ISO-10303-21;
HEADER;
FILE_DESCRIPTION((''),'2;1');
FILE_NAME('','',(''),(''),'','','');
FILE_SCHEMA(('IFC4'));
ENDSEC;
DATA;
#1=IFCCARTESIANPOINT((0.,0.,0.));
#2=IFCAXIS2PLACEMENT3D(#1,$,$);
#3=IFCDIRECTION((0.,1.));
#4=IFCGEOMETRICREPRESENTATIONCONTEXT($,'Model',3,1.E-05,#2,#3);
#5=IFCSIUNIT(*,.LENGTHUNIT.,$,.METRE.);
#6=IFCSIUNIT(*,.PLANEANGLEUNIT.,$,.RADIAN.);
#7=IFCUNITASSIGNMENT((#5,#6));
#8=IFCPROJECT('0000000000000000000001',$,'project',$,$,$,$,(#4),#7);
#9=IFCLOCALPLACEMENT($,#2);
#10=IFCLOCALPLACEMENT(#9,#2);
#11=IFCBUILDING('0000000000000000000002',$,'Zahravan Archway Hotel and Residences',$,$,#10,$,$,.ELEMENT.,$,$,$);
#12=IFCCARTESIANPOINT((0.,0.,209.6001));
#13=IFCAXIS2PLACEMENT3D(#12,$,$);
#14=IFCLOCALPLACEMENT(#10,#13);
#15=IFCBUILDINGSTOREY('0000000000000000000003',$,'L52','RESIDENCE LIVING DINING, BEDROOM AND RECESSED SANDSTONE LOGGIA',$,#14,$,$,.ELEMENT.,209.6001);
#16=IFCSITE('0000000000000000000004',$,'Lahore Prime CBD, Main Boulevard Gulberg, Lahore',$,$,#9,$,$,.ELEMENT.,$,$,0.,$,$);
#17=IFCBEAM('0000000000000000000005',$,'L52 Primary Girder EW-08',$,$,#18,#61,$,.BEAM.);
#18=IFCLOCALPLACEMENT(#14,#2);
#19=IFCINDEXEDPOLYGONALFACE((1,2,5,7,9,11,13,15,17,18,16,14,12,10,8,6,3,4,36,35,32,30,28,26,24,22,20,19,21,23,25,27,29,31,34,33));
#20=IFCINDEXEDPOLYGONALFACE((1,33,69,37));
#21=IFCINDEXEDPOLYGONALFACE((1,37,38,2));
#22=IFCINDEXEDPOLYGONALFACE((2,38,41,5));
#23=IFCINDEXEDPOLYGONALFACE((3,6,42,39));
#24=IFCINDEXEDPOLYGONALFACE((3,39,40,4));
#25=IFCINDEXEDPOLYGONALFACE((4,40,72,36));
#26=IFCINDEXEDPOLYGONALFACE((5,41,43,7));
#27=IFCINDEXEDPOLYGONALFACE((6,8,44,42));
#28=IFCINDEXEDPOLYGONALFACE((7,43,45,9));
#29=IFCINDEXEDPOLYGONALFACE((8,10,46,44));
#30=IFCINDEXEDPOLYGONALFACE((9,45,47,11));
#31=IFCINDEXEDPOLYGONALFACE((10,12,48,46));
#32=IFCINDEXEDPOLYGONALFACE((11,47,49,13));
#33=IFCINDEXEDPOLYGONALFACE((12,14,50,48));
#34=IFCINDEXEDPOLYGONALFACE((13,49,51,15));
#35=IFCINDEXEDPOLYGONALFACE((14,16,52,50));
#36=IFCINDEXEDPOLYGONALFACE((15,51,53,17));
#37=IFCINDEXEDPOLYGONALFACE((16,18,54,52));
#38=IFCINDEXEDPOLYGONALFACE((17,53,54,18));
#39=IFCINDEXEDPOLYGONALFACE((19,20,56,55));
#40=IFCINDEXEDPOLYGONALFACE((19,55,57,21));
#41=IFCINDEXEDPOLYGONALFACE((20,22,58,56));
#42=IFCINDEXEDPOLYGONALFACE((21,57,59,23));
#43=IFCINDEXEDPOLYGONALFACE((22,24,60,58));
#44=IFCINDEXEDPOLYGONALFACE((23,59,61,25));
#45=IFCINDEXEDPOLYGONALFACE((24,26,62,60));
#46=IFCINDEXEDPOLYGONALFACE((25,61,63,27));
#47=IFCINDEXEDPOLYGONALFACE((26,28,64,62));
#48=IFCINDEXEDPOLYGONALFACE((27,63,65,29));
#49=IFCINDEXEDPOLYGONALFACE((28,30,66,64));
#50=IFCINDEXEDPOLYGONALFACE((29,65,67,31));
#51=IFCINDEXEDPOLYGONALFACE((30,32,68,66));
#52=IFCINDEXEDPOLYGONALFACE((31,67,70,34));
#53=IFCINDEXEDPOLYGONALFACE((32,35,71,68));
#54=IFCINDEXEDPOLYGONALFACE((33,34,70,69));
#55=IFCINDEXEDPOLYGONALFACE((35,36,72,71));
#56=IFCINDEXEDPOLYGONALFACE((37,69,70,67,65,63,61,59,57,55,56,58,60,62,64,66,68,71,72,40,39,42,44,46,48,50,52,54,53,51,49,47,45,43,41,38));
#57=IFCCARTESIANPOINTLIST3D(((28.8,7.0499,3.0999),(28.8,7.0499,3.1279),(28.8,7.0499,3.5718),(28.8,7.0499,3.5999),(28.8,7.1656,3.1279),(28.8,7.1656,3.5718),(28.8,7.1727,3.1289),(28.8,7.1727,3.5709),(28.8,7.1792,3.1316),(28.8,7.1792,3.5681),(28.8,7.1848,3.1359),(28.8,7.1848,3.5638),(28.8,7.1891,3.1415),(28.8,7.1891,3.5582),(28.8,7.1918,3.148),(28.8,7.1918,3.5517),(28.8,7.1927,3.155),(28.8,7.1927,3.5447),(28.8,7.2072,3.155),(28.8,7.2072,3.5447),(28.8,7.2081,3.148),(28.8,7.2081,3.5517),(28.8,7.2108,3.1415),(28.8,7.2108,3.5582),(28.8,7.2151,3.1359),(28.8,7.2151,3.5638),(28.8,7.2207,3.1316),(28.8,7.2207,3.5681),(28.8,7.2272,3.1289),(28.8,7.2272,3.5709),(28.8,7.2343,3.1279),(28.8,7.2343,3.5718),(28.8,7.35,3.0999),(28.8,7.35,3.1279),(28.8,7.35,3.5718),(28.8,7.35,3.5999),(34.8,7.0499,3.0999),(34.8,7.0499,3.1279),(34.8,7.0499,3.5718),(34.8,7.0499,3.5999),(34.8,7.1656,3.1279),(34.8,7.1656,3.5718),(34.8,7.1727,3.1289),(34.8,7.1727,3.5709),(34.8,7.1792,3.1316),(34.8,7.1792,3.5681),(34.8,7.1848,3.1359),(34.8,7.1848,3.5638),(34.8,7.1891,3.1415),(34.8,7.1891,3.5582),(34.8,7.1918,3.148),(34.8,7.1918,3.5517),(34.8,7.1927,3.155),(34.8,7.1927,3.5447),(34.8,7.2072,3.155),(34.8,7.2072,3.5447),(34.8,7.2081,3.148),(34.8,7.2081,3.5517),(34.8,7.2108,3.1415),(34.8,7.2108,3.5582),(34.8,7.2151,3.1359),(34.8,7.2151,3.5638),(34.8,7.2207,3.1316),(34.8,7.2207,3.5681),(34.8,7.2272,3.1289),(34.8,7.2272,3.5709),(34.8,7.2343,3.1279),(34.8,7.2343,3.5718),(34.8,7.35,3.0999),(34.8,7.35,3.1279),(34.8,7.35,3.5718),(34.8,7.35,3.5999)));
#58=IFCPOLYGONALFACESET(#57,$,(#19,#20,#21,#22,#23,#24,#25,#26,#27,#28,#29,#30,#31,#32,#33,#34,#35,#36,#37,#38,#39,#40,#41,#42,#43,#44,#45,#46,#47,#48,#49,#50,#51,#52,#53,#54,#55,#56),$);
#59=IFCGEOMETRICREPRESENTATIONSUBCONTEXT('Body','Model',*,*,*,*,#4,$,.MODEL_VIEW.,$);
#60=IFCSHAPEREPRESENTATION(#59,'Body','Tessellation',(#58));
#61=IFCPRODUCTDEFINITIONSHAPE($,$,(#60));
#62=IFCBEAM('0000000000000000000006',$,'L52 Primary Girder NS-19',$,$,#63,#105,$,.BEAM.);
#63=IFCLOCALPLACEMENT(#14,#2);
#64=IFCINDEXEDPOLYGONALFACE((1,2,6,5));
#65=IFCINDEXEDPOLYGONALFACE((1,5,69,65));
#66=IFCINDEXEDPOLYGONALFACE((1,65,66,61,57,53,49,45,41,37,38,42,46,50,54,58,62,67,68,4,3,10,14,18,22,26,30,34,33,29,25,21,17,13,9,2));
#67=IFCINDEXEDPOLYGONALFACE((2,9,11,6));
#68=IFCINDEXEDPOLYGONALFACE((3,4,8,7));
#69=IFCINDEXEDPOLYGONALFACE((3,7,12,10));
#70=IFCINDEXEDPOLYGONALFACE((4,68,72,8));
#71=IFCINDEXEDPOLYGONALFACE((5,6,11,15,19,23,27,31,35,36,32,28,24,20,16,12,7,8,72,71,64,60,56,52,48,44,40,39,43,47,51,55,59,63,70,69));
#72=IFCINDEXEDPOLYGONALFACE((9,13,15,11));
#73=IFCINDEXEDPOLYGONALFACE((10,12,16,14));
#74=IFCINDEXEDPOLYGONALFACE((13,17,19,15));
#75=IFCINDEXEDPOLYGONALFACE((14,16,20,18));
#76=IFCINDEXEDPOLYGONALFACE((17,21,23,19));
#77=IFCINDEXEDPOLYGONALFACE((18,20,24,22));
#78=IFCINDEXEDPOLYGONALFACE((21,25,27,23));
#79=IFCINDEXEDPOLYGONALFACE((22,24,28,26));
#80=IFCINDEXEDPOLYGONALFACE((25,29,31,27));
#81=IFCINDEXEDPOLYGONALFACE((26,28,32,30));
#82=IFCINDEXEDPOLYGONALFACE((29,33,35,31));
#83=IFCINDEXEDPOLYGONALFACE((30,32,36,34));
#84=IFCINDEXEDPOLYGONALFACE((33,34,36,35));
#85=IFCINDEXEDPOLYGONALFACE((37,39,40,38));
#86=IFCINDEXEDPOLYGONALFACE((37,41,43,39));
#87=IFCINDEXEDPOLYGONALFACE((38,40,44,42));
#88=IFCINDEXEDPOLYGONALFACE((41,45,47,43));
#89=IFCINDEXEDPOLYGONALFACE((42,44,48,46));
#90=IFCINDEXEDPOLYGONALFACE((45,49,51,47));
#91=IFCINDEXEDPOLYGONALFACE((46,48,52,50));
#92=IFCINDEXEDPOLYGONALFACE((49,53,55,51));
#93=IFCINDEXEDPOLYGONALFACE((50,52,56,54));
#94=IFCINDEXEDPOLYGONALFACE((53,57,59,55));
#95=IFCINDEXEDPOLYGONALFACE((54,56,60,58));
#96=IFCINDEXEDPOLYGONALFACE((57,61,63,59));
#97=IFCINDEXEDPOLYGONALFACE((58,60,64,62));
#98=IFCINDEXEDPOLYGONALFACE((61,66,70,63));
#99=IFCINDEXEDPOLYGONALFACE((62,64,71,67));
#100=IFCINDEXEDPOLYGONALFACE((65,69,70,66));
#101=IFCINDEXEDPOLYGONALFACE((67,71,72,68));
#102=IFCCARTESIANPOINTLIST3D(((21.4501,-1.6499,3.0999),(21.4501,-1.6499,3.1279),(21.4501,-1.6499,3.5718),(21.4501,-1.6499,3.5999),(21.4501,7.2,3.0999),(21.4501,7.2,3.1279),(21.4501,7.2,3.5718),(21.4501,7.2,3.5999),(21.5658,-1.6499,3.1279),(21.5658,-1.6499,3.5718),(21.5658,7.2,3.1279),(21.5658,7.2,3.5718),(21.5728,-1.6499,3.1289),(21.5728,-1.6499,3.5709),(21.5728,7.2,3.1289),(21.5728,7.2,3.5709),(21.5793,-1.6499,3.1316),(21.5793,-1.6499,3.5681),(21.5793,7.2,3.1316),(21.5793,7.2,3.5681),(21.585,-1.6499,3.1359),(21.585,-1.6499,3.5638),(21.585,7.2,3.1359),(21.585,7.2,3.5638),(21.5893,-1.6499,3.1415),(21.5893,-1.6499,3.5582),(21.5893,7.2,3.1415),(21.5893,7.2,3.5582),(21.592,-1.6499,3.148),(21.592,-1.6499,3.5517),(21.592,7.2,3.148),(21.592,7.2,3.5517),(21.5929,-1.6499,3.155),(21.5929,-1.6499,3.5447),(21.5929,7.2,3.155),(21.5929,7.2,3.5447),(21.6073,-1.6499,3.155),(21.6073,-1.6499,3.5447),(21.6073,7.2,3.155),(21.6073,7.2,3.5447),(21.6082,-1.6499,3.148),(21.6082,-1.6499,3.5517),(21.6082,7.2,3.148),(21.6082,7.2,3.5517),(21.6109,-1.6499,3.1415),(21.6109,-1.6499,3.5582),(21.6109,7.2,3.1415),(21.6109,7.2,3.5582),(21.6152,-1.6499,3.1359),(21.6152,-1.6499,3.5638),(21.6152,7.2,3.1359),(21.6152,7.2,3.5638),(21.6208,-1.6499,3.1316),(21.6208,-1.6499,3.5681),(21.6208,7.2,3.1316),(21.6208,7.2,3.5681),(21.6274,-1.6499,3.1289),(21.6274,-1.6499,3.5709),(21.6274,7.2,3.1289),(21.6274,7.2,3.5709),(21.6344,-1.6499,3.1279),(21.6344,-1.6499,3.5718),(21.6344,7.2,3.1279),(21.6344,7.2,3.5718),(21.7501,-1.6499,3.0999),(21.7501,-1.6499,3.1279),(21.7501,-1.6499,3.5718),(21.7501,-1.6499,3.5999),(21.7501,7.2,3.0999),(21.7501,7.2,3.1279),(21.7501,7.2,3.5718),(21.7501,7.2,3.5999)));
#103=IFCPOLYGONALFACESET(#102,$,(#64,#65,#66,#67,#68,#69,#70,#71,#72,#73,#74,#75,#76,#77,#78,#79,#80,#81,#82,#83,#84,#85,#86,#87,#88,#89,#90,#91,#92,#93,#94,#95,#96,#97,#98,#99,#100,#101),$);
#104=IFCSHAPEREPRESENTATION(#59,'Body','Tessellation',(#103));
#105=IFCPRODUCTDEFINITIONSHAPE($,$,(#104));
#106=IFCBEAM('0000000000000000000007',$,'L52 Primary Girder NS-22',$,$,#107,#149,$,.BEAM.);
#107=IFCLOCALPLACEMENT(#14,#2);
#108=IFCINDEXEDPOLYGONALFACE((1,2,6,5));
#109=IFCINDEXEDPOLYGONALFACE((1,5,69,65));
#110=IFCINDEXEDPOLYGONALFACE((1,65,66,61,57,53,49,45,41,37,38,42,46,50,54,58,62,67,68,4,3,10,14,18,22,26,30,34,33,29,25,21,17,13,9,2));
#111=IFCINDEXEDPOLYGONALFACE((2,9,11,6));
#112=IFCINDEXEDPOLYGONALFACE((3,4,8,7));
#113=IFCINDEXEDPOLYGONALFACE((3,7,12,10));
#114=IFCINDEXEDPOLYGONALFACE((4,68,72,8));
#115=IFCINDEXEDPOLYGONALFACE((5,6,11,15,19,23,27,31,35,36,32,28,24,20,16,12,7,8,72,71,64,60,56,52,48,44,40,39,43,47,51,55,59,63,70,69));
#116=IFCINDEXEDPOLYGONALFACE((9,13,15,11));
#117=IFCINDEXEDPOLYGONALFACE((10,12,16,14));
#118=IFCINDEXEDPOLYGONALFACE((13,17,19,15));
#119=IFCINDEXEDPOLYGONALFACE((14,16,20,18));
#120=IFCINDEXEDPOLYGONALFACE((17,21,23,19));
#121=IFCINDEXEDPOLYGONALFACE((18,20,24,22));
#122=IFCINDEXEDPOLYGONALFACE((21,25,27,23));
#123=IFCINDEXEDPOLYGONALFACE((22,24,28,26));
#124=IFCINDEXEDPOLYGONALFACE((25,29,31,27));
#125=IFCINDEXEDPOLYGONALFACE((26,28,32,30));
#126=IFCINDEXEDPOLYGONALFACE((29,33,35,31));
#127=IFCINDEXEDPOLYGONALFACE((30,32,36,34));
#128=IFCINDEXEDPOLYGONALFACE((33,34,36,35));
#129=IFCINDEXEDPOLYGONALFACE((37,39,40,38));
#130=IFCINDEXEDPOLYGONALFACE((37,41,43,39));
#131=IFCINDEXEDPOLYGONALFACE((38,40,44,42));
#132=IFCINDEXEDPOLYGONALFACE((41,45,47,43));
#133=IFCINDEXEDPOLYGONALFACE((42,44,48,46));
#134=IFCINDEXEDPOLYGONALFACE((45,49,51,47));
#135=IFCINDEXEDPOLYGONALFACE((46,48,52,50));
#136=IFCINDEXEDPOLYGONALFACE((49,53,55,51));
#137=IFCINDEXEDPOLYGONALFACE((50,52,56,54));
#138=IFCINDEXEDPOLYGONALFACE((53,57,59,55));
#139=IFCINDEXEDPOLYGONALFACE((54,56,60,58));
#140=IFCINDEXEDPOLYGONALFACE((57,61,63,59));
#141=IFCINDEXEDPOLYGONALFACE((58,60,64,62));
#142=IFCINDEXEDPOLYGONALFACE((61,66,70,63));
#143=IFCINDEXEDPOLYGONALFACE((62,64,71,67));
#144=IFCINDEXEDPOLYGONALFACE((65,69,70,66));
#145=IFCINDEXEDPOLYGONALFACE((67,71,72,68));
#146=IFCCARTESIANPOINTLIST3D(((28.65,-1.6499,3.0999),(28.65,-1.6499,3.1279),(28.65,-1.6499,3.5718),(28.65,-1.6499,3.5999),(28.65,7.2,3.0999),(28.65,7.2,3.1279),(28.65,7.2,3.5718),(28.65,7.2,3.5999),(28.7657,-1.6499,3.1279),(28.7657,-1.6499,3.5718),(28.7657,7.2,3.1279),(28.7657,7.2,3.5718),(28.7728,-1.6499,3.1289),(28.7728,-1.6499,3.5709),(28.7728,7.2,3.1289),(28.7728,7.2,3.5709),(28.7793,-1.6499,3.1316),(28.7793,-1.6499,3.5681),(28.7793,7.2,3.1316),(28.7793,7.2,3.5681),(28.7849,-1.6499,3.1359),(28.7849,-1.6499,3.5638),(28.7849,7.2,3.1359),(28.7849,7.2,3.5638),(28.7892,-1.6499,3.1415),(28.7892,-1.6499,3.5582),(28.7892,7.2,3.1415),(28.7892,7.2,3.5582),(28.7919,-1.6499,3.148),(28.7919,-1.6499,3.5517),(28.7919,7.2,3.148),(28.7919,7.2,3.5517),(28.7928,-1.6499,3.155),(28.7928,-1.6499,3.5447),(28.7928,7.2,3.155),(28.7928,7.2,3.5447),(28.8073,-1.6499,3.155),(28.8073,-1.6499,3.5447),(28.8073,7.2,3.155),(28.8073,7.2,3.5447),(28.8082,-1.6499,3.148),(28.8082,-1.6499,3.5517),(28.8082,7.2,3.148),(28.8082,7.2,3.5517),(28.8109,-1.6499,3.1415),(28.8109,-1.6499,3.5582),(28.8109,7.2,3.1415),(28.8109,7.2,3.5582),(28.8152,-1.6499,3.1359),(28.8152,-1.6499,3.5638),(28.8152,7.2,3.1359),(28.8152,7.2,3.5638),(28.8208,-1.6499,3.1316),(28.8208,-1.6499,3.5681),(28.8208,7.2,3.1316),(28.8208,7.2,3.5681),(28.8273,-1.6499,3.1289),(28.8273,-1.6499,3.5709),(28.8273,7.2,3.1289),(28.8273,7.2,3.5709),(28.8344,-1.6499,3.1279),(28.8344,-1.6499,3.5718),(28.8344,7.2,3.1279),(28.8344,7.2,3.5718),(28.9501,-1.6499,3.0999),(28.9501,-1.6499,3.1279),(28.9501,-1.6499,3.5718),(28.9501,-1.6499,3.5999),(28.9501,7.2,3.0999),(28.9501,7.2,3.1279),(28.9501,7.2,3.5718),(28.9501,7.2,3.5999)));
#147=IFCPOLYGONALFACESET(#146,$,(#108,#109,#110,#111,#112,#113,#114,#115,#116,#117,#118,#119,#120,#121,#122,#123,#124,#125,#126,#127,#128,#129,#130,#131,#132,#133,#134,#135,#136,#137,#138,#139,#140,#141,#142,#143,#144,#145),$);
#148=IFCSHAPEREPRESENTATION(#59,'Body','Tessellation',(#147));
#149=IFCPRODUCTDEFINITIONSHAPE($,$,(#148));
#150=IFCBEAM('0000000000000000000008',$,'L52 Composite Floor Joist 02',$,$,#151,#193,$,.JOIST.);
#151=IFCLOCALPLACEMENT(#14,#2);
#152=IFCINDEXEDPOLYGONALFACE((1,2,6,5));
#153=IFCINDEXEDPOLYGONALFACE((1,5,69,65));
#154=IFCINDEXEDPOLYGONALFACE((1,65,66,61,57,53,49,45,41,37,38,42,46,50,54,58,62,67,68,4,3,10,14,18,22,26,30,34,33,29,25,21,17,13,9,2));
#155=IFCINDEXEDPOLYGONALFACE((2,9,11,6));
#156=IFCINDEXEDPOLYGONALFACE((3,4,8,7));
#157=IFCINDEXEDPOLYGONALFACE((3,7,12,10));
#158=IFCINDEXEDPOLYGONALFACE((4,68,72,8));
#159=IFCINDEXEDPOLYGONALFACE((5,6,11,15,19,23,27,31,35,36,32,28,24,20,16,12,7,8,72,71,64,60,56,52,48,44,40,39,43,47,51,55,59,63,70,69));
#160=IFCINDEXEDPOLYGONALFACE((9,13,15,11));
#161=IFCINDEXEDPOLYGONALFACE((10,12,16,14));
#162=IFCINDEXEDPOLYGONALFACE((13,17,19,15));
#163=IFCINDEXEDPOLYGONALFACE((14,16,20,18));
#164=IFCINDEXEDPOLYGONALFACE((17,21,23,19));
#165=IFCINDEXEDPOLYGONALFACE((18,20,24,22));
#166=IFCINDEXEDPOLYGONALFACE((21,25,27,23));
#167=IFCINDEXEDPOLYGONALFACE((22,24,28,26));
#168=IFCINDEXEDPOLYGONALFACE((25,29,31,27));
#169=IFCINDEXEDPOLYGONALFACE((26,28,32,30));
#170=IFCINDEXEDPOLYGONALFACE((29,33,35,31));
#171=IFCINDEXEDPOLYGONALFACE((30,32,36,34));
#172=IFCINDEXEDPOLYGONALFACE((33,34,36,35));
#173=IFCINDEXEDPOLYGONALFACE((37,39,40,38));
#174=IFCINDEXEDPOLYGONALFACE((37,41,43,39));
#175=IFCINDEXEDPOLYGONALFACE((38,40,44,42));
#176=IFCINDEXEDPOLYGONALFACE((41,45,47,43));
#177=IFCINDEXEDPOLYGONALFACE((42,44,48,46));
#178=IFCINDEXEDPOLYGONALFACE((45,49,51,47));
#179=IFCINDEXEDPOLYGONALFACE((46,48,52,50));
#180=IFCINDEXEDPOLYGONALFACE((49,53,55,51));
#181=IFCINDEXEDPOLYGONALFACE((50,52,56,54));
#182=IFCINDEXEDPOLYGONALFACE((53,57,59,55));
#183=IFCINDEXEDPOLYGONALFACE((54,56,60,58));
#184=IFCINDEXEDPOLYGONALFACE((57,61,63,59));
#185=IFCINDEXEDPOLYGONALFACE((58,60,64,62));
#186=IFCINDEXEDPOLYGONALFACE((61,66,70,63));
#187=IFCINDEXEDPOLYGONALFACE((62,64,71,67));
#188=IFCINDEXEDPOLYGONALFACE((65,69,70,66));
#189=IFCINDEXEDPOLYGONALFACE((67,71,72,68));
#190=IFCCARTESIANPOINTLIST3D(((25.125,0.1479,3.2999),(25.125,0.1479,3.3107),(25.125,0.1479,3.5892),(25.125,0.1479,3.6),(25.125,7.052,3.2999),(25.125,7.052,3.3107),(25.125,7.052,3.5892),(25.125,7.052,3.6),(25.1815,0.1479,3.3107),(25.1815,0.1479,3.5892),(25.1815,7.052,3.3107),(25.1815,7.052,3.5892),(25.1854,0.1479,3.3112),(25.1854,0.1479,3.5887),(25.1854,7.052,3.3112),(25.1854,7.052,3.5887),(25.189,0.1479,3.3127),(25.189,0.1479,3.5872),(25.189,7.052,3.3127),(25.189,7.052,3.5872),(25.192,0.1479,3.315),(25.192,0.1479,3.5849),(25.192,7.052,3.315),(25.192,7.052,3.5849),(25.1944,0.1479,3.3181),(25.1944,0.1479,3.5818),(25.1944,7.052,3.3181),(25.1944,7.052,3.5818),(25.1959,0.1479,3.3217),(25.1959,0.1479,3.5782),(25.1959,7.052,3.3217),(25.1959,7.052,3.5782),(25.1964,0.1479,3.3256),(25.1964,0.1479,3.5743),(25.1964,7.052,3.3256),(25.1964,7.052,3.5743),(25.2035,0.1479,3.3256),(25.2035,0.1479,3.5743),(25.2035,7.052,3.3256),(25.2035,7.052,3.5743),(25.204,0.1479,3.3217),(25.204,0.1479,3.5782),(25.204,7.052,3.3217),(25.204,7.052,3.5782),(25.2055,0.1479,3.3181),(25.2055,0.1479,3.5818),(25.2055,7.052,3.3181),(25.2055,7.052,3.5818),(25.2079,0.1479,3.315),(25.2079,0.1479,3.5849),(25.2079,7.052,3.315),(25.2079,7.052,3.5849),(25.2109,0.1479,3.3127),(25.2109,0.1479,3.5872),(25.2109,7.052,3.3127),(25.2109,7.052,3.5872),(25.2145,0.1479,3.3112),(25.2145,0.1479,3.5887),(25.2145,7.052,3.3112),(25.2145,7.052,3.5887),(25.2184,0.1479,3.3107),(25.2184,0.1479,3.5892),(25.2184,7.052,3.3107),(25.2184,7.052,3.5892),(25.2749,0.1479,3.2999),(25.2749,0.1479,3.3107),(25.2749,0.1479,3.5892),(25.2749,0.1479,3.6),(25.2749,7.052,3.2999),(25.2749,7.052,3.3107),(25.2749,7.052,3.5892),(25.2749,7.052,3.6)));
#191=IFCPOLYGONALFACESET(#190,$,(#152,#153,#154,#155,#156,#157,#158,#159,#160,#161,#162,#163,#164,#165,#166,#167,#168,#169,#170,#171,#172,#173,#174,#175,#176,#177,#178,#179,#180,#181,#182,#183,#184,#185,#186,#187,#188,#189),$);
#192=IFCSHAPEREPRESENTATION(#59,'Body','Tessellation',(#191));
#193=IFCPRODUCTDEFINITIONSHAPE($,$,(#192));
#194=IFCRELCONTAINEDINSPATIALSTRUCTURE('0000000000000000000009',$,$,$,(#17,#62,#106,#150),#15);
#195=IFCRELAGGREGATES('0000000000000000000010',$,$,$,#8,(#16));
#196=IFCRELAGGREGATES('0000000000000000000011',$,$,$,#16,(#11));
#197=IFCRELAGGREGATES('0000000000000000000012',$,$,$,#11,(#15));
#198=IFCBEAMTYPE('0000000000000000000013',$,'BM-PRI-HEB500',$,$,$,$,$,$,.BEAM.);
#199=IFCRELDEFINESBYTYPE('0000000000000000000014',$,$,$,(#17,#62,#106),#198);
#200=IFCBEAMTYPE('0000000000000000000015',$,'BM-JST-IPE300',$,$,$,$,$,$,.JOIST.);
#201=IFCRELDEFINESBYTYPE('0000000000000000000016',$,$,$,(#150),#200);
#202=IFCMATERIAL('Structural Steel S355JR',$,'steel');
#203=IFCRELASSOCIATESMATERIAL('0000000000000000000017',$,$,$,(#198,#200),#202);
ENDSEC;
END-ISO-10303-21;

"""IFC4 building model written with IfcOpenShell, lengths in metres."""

from ifc_helpers import new_model, si_unit, direction, frame, origin, origin_2d, place, context, subcontext, project, spatial, i_section, extrude, source, transform, mapped, material, material_profile, profile_set, type_object, type_shapes, element, save


model = new_model("IFC4")

# Units and contexts
model_context = context("Model", 3, precision=1e-05, world=origin(), true_north=direction((0.0, 1.0)))
body_context = subcontext(model_context, "Body", "Model", "MODEL_VIEW")
ifc_project = project(units=[si_unit("LENGTHUNIT", "METRE"), si_unit("PLANEANGLEUNIT", "RADIAN")], contexts=[model_context])

# Site, building, storey
site_placement = place(None, origin())
site = spatial("IfcSite", under=ifc_project, at=site_placement, Name="Lahore Prime CBD, Main Boulevard Gulberg, Lahore", CompositionType="ELEMENT", RefElevation=0.0)
building_placement = place(site_placement, origin())
building = spatial("IfcBuilding", under=site, at=building_placement, Name="Zahravan Archway Hotel and Residences", CompositionType="ELEMENT")
storey_placement = place(building_placement, frame((0.0, 0.0, 209.6001)))
storey = spatial("IfcBuildingStorey", under=building, at=storey_placement, Name="L52", Description="RESIDENCE LIVING DINING, BEDROOM AND RECESSED SANDSTONE LOGGIA", CompositionType="ELEMENT", Elevation=209.6001)

# Beams
ifc_material_1 = material(Name="Structural Steel S355JR", Category="steel")
ifc_material_profile_1 = material_profile(ifc_material_1, i_section(OverallWidth=0.3, OverallDepth=0.5, WebThickness=0.0144, FlangeThickness=0.0281, FilletRadius=0.0271, at=origin_2d()), Name="HEB 500", Category="steel")
ifc_profile_set_1 = profile_set([ifc_material_profile_1], Name="Structural Steel S355JR")
beam_type_1 = type_object("IfcBeamType", Name="BM-PRI-HEB500", PredefinedType="BEAM", material=ifc_profile_set_1)
shared_shape_1 = source(origin(), body_context, "Body", "SweptSolid", [
    extrude(i_section(OverallWidth=0.3, OverallDepth=0.5, WebThickness=0.0144, FlangeThickness=0.0281, FilletRadius=0.0271, at=origin_2d()), origin(), (0.0, 0.0, 1.0), 6.0),
])
for number, where, z_axis, x_axis, name in (
    (1, (28.8, 7.2, 3.3499), (1.0, 0.0, 0.0), (0.0, 1.0, 0.0), "L52 Primary Girder EW-08"),
):
    element("IfcBeam", number, at=place(storey_placement, frame(where, z_axis=z_axis, x_axis=x_axis)), inside=storey, type_object=beam_type_1, Name=name, PredefinedType="BEAM", context=body_context, shape_type="MappedRepresentation", body=[
        mapped(shared_shape_1, transform((0.0, 0.0, 0.0), scale=1.0)),
    ])
shared_shape_2 = source(origin(), body_context, "Body", "SweptSolid", [
    extrude(i_section(OverallWidth=0.3, OverallDepth=0.5, WebThickness=0.0144, FlangeThickness=0.0281, FilletRadius=0.0271, at=origin_2d()), origin(), (0.0, 0.0, 1.0), 8.8499),
])
for number, where, z_axis, x_axis, name in (
    (2, (21.6001, -1.6499, 3.3499), (0.0, 1.0, 0.0), (-1.0, 0.0, 0.0), "L52 Primary Girder NS-19"),
    (3, (28.8, -1.6499, 3.3499), (0.0, 1.0, 0.0), (-1.0, 0.0, 0.0), "L52 Primary Girder NS-22"),
):
    element("IfcBeam", number, at=place(storey_placement, frame(where, z_axis=z_axis, x_axis=x_axis)), inside=storey, type_object=beam_type_1, Name=name, PredefinedType="BEAM", context=body_context, shape_type="MappedRepresentation", body=[
        mapped(shared_shape_2, transform((0.0, 0.0, 0.0), scale=1.0)),
    ])
ifc_material_profile_2 = material_profile(ifc_material_1, i_section(OverallWidth=0.1499, OverallDepth=0.3, WebThickness=0.0071, FlangeThickness=0.0107, FilletRadius=0.0149, at=origin_2d()), Name="IPE 300", Category="steel")
ifc_profile_set_2 = profile_set([ifc_material_profile_2], Name="Structural Steel S355JR")
beam_type_2 = type_object("IfcBeamType", Name="BM-JST-IPE300", PredefinedType="JOIST", material=ifc_profile_set_2)
shared_shape_3 = source(origin(), body_context, "Body", "SweptSolid", [
    extrude(i_section(OverallWidth=0.1499, OverallDepth=0.3, WebThickness=0.0071, FlangeThickness=0.0107, FilletRadius=0.0149, at=origin_2d()), origin(), (0.0, 0.0, 1.0), 6.9041),
])
type_shapes(beam_type_2, [shared_shape_3])
for number, where, z_axis, x_axis, name in (
    (4, (25.2, 0.1479, 3.45), (0.0, 1.0, 0.0), (-1.0, 0.0, 0.0), "L52 Composite Floor Joist 02"),
):
    element("IfcBeam", number, at=place(storey_placement, frame(where, z_axis=z_axis, x_axis=x_axis)), inside=storey, type_object=beam_type_2, Name=name, PredefinedType="JOIST", context=body_context, shape_type="MappedRepresentation", body=[
        mapped(shared_shape_3, transform((0.0, 0.0, 0.0), scale=1.0)),
    ])

save(model, "model.ifc")
